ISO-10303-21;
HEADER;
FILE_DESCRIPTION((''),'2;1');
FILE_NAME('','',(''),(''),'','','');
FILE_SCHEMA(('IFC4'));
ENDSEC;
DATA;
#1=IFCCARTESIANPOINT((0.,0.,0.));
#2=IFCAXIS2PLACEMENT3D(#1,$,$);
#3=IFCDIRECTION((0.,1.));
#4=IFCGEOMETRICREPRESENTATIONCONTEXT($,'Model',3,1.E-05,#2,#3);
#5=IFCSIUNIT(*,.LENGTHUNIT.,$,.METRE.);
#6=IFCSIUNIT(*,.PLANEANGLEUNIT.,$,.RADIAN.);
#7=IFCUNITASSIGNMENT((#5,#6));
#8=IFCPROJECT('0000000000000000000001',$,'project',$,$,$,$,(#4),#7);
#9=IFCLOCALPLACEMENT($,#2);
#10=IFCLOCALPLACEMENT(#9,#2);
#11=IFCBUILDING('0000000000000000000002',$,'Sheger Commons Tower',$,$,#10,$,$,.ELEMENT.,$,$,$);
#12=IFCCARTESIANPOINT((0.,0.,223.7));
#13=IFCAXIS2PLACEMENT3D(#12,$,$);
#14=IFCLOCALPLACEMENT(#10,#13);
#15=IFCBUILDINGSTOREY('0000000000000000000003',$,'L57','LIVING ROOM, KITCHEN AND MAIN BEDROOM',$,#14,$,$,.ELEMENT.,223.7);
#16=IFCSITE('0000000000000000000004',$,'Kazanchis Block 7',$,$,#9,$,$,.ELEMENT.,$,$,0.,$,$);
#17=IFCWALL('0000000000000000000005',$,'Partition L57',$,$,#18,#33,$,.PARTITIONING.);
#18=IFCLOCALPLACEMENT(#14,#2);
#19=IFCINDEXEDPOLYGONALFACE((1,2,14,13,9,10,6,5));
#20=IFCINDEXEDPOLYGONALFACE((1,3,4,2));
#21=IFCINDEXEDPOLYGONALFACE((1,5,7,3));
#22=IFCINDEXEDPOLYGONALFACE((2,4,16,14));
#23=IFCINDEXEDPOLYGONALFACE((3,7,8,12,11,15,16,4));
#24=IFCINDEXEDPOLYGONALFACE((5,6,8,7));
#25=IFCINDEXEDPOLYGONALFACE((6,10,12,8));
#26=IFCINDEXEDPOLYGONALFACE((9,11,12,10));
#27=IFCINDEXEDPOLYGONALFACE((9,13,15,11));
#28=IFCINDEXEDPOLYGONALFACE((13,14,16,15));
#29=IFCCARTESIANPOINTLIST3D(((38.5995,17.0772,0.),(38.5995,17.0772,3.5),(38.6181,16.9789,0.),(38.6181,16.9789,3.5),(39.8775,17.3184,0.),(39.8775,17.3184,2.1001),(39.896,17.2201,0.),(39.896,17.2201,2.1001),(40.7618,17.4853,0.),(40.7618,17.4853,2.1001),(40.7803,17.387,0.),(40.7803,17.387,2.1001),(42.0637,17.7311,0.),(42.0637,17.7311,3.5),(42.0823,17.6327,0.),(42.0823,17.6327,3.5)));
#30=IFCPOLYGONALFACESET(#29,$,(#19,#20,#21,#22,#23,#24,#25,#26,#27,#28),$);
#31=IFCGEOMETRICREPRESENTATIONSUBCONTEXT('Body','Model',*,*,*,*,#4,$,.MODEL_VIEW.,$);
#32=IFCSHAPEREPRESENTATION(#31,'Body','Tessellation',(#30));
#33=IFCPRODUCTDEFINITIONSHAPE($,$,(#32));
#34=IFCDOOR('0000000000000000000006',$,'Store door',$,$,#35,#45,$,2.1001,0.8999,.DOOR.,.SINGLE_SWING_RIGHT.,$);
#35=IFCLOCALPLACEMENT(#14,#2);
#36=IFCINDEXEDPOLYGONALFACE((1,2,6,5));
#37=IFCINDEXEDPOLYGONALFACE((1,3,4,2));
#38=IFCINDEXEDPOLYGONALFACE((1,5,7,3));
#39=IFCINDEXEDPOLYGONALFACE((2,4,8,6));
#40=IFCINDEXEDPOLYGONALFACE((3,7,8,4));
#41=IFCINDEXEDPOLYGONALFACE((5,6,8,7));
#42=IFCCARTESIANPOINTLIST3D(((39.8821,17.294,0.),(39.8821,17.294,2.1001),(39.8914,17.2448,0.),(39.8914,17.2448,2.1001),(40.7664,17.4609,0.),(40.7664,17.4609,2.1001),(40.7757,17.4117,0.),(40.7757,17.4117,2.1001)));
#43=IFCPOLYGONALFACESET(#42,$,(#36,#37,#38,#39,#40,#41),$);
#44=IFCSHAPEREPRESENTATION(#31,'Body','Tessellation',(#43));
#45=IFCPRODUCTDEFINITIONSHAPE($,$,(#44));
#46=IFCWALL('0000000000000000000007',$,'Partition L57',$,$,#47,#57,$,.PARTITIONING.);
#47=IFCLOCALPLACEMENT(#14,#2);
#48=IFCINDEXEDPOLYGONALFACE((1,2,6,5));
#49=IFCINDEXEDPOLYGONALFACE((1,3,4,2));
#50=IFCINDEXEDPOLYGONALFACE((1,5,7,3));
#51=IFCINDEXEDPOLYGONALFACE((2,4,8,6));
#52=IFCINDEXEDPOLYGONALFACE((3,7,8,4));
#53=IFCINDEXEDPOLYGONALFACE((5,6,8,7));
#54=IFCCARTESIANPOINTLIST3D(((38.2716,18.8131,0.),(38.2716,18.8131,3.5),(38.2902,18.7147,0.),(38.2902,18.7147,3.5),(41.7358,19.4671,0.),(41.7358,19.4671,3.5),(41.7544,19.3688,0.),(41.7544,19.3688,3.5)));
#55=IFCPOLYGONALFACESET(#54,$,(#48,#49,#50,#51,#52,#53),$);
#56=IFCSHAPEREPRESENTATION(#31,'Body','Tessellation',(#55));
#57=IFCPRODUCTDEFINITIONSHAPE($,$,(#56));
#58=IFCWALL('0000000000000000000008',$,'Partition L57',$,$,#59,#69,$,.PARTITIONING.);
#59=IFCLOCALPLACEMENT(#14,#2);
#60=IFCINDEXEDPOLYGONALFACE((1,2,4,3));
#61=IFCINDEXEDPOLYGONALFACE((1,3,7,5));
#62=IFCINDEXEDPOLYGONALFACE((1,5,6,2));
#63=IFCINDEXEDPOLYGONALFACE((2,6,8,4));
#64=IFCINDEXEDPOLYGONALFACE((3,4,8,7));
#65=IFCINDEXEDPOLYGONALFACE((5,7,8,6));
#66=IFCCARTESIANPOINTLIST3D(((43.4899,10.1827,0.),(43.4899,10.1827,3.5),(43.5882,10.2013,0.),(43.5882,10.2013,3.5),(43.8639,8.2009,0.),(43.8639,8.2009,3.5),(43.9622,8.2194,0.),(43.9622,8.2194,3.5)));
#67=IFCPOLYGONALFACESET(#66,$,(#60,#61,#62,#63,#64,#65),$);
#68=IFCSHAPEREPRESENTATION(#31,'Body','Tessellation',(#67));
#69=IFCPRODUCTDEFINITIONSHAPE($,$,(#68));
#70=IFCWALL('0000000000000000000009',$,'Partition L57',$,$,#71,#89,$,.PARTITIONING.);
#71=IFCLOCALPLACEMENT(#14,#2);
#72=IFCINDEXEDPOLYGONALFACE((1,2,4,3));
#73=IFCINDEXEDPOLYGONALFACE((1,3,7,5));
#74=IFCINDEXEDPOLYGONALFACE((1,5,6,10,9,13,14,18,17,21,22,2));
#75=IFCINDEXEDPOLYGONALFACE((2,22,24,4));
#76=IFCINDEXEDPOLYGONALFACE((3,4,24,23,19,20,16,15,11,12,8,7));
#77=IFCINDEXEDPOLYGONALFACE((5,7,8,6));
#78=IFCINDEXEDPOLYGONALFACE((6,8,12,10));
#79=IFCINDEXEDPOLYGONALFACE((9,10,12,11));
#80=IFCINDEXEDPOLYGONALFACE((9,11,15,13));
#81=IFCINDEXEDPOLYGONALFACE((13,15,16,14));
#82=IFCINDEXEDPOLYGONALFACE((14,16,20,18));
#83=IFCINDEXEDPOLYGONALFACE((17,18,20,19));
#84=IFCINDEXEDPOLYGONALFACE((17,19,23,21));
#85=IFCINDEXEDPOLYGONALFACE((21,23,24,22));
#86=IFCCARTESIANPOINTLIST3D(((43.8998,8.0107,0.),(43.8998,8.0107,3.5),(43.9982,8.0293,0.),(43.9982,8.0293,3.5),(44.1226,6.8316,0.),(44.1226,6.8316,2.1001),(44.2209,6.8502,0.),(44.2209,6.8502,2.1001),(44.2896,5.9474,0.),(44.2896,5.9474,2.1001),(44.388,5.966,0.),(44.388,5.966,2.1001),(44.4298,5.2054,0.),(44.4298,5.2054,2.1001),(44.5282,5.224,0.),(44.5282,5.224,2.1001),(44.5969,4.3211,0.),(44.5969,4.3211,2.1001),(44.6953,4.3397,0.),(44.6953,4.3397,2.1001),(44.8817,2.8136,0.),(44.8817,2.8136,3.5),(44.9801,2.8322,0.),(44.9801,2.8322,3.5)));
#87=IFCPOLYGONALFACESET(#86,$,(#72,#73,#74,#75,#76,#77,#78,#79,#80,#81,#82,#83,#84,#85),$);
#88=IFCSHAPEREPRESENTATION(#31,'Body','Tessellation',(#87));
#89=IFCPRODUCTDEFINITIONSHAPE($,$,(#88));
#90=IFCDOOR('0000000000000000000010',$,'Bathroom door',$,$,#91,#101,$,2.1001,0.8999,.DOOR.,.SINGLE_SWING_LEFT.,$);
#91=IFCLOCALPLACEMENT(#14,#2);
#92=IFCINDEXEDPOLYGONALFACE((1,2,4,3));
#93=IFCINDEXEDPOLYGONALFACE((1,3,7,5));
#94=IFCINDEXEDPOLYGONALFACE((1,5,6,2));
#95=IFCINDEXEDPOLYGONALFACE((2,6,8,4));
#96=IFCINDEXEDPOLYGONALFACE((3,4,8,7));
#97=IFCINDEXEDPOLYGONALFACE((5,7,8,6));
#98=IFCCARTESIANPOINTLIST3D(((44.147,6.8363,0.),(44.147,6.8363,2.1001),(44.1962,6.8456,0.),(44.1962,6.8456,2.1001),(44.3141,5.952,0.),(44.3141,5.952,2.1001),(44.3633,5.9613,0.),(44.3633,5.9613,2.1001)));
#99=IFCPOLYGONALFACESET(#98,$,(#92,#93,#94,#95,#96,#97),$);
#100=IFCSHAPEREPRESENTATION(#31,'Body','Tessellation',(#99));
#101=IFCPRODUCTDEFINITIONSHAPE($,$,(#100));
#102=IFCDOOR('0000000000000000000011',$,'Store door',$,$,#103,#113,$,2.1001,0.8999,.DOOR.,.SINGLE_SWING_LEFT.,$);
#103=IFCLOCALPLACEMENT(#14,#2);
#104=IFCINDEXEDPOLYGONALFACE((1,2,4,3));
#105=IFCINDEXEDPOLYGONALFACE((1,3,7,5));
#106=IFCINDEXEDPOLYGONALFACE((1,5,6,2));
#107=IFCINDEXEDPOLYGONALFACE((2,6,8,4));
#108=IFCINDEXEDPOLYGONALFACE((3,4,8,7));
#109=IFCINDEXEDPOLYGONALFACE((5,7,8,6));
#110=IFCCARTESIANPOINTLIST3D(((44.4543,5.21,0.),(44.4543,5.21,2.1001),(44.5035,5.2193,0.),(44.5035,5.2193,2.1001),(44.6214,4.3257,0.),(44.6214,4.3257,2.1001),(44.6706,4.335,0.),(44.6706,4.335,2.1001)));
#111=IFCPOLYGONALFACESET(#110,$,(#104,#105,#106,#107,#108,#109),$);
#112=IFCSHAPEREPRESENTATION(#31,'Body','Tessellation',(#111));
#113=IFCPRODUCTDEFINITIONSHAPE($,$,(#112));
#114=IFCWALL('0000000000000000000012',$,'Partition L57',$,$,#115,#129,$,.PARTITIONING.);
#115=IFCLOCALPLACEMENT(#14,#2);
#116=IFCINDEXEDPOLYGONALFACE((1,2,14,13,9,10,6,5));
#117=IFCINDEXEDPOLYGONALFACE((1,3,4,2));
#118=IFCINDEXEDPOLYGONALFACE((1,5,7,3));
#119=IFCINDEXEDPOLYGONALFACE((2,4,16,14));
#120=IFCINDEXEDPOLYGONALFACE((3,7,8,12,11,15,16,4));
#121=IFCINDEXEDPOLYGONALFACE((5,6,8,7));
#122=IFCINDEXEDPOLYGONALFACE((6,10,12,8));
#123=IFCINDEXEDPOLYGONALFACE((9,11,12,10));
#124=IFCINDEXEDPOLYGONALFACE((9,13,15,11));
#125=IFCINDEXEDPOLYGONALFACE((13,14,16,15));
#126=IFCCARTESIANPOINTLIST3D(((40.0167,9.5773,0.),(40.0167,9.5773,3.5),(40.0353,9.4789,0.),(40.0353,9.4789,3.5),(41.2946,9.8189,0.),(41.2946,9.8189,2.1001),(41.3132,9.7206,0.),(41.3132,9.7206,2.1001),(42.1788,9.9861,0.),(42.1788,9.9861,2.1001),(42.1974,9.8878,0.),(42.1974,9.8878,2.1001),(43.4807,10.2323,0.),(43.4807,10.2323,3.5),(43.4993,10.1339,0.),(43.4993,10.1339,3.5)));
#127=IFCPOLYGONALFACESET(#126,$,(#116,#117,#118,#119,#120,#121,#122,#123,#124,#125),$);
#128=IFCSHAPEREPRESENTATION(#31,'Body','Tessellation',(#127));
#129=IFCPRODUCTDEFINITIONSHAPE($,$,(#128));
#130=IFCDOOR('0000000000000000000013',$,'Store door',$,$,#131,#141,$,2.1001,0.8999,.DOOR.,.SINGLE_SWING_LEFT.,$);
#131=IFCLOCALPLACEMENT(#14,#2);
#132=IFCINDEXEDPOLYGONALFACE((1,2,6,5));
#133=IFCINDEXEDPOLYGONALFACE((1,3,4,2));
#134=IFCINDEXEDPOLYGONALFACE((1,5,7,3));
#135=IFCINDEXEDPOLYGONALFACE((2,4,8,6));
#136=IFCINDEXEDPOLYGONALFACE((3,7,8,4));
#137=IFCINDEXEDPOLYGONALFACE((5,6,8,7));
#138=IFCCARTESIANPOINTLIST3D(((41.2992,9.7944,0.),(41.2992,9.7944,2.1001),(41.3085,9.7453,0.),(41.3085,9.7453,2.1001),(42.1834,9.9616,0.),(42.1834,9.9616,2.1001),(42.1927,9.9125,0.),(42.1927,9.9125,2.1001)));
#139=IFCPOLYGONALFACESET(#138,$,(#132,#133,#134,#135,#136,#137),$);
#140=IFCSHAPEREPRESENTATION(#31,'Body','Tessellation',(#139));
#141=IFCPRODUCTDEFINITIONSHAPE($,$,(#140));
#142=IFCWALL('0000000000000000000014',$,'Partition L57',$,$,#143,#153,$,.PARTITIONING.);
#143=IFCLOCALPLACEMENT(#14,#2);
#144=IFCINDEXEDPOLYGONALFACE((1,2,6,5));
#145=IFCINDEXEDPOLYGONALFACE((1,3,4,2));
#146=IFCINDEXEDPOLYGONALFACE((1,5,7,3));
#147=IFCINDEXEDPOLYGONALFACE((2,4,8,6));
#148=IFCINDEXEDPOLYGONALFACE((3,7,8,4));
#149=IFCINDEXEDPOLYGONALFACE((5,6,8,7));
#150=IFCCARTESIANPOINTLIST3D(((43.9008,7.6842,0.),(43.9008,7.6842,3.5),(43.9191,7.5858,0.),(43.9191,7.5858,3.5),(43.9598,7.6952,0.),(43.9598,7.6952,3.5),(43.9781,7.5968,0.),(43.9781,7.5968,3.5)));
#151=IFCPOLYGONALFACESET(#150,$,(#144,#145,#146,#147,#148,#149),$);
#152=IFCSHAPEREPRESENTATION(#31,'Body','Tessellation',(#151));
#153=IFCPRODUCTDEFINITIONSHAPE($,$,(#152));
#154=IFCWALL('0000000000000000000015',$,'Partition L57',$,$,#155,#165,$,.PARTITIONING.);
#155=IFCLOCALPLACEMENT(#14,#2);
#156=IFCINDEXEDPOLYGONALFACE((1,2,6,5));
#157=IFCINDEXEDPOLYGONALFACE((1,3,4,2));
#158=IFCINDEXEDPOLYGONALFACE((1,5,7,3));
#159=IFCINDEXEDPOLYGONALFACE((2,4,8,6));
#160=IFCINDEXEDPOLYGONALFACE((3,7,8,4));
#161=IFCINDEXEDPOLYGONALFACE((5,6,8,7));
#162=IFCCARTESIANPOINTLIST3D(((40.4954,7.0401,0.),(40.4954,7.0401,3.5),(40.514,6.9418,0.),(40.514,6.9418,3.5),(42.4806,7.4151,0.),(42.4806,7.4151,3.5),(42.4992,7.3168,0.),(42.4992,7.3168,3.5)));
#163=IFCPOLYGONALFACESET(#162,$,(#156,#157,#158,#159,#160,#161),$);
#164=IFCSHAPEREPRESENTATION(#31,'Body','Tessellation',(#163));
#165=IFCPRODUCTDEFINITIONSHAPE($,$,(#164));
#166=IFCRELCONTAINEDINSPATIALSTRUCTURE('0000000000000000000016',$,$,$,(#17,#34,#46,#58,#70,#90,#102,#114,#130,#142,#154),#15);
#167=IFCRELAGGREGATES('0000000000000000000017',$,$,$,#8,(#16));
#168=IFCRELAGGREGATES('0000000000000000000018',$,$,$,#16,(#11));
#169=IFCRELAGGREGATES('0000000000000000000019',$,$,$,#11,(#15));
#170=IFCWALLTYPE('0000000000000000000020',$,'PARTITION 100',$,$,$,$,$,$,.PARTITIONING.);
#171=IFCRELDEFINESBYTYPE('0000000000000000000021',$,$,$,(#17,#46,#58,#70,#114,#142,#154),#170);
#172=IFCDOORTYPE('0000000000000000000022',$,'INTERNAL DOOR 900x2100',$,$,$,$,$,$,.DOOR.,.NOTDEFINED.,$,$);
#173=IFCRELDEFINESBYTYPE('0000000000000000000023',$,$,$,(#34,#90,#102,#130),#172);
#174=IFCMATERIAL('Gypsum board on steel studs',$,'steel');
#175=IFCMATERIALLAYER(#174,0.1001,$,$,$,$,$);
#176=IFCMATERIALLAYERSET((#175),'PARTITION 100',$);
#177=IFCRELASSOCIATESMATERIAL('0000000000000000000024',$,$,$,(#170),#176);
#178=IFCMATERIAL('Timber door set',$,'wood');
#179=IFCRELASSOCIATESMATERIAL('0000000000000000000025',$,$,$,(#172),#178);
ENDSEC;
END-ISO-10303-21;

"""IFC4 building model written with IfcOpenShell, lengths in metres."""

from ifc_helpers import new_model, si_unit, direction, frame, frame_2d, origin, place, context, subcontext, project, spatial, rectangle, extrude, material, layer, layer_set, type_object, element, fill, save


model = new_model("IFC4")

# Units and contexts
model_context = context("Model", 3, precision=1e-05, world=origin(), true_north=direction((0.0, 1.0)))
body_context = subcontext(model_context, "Body", "Model", "MODEL_VIEW")
ifc_project = project(units=[si_unit("LENGTHUNIT", "METRE"), si_unit("PLANEANGLEUNIT", "RADIAN")], contexts=[model_context])

# Site, building, storey
site_placement = place(None, origin())
site = spatial("IfcSite", under=ifc_project, at=site_placement, Name="Kazanchis Block 7", CompositionType="ELEMENT", RefElevation=0.0)
building_placement = place(site_placement, origin())
building = spatial("IfcBuilding", under=site, at=building_placement, Name="Sheger Commons Tower", CompositionType="ELEMENT")
storey_placement = place(building_placement, frame((0.0, 0.0, 223.7)))
storey = spatial("IfcBuildingStorey", under=building, at=storey_placement, Name="L57", Description="LIVING ROOM, KITCHEN AND MAIN BEDROOM", CompositionType="ELEMENT", Elevation=223.7)

# Shared definitions
ifc_material_1 = material(Name="Gypsum board on steel studs", Category="steel")
ifc_layer_1 = layer(ifc_material_1, 0.1001)
ifc_layer_set_1 = layer_set([ifc_layer_1], Name="PARTITION 100")
wall_type_1 = type_object("IfcWallType", Name="PARTITION 100", PredefinedType="PARTITIONING", material=ifc_layer_set_1)

# Wall, opening, door
wall_1_placement = place(storey_placement, frame((42.073, 17.6819, 0.0), z_axis=(0.0, 0.0, 1.0), x_axis=(-0.982651, -0.185463, 0.0)))
wall_1 = element("IfcWall", 1, at=wall_1_placement, inside=storey, type_object=wall_type_1, Name="Partition L57", PredefinedType="PARTITIONING", context=body_context, shape_type="SweptSolid", body=[
    extrude(rectangle(XDim=3.5254, YDim=0.1001, at=frame_2d((1.7627, 0.0))), origin(), (0.0, 0.0, 1.0), 3.5),
])
opening_1_placement = place(wall_1_placement, frame((1.325, 0.0, 0.0)))
opening_1 = element("IfcOpeningElement", 2, at=opening_1_placement, cuts=wall_1, PredefinedType="OPENING", context=body_context, shape_type="SweptSolid", body=[
    extrude(rectangle(XDim=0.8999, YDim=2.1001, at=frame_2d((0.45, 1.05))), frame((0.0, 0.0601, 0.0), z_axis=(0.0, -1.0, 0.0), x_axis=(1.0, 0.0, 0.0)), (0.0, 0.0, 1.0), 0.1201),
])
ifc_material_2 = material(Name="Timber door set", Category="wood")
door_type_1 = type_object("IfcDoorType", Name="INTERNAL DOOR 900x2100", OperationType="NOTDEFINED", PredefinedType="DOOR", material=ifc_material_2)
door_1_placement = place(opening_1_placement, origin())
door_1 = element("IfcDoor", 3, at=door_1_placement, inside=storey, type_object=door_type_1, Name="Store door", OperationType="SINGLE_SWING_RIGHT", OverallHeight=2.1001, OverallWidth=0.8999, PredefinedType="DOOR", context=body_context, shape_type="SweptSolid", body=[
    extrude(rectangle(XDim=0.8999, YDim=2.1001, at=frame_2d((0.45, 1.05))), frame((0.0, 0.0249, 0.0), z_axis=(0.0, -1.0, 0.0), x_axis=(1.0, 0.0, 0.0)), (0.0, 0.0, 1.0), 0.05),
])
fill(opening_1, door_1)

# Walls
wall_2_placement = place(storey_placement, frame((41.7451, 19.418, 0.0), z_axis=(0.0, 0.0, 1.0), x_axis=(-0.982639, -0.18553, 0.0)))
element("IfcWall", 4, at=wall_2_placement, inside=storey, type_object=wall_type_1, Name="Partition L57", PredefinedType="PARTITIONING", context=body_context, shape_type="SweptSolid", body=[
    extrude(rectangle(XDim=3.5254, YDim=0.1001, at=frame_2d((1.7627, 0.0))), origin(), (0.0, 0.0, 1.0), 3.5),
])
wall_3_placement = place(storey_placement, frame((43.5391, 10.1919, 0.0), z_axis=(0.0, 0.0, 1.0), x_axis=(0.185443, -0.982655, 0.0)))
element("IfcWall", 5, at=wall_3_placement, inside=storey, type_object=wall_type_1, Name="Partition L57", PredefinedType="PARTITIONING", context=body_context, shape_type="SweptSolid", body=[
    extrude(rectangle(XDim=2.0168, YDim=0.1001, at=frame_2d((1.0083, 0.0))), origin(), (0.0, 0.0, 1.0), 3.5),
])

# Wall, openings, doors
wall_4_placement = place(storey_placement, frame((43.949, 8.02, 0.0), z_axis=(0.0, 0.0, 1.0), x_axis=(0.185657, -0.982615, 0.0)))
wall_4 = element("IfcWall", 6, at=wall_4_placement, inside=storey, type_object=wall_type_1, Name="Partition L57", PredefinedType="PARTITIONING", context=body_context, shape_type="SweptSolid", body=[
    extrude(rectangle(XDim=5.2891, YDim=0.1001, at=frame_2d((2.6445, 0.0))), origin(), (0.0, 0.0, 1.0), 3.5),
])
opening_2_placement = place(wall_4_placement, frame((1.2, 0.0, 0.0)))
opening_2 = element("IfcOpeningElement", 7, at=opening_2_placement, cuts=wall_4, PredefinedType="OPENING", context=body_context, shape_type="SweptSolid", body=[
    extrude(rectangle(XDim=0.8999, YDim=2.1001, at=frame_2d((0.45, 1.05))), frame((0.0, 0.0601, 0.0), z_axis=(0.0, -1.0, 0.0), x_axis=(1.0, 0.0, 0.0)), (0.0, 0.0, 1.0), 0.1201),
])
opening_3_placement = place(wall_4_placement, frame((2.855, 0.0, 0.0)))
opening_3 = element("IfcOpeningElement", 8, at=opening_3_placement, cuts=wall_4, PredefinedType="OPENING", context=body_context, shape_type="SweptSolid", body=[
    extrude(rectangle(XDim=0.8999, YDim=2.1001, at=frame_2d((0.45, 1.05))), frame((0.0, 0.0601, 0.0), z_axis=(0.0, -1.0, 0.0), x_axis=(1.0, 0.0, 0.0)), (0.0, 0.0, 1.0), 0.1201),
])
door_2_placement = place(opening_2_placement, origin())
door_2 = element("IfcDoor", 9, at=door_2_placement, inside=storey, type_object=door_type_1, Name="Bathroom door", OperationType="SINGLE_SWING_LEFT", OverallHeight=2.1001, OverallWidth=0.8999, PredefinedType="DOOR", context=body_context, shape_type="SweptSolid", body=[
    extrude(rectangle(XDim=0.8999, YDim=2.1001, at=frame_2d((0.45, 1.05))), frame((0.0, 0.0249, 0.0), z_axis=(0.0, -1.0, 0.0), x_axis=(1.0, 0.0, 0.0)), (0.0, 0.0, 1.0), 0.05),
])
fill(opening_2, door_2)
door_3_placement = place(opening_3_placement, origin())
door_3 = element("IfcDoor", 10, at=door_3_placement, inside=storey, type_object=door_type_1, Name="Store door", OperationType="SINGLE_SWING_LEFT", OverallHeight=2.1001, OverallWidth=0.8999, PredefinedType="DOOR", context=body_context, shape_type="SweptSolid", body=[
    extrude(rectangle(XDim=0.8999, YDim=2.1001, at=frame_2d((0.45, 1.05))), frame((0.0, 0.0249, 0.0), z_axis=(0.0, -1.0, 0.0), x_axis=(1.0, 0.0, 0.0)), (0.0, 0.0, 1.0), 0.05),
])
fill(opening_3, door_3)

# Wall, opening, door
wall_5_placement = place(storey_placement, frame((43.49, 10.1831, 0.0), z_axis=(0.0, 0.0, 1.0), x_axis=(-0.982588, -0.185798, 0.0)))
wall_5 = element("IfcWall", 11, at=wall_5_placement, inside=storey, type_object=wall_type_1, Name="Partition L57", PredefinedType="PARTITIONING", context=body_context, shape_type="SweptSolid", body=[
    extrude(rectangle(XDim=3.5254, YDim=0.1001, at=frame_2d((1.7627, 0.0))), origin(), (0.0, 0.0, 1.0), 3.5),
])
opening_4_placement = place(wall_5_placement, frame((1.325, 0.0, 0.0)))
opening_4 = element("IfcOpeningElement", 12, at=opening_4_placement, cuts=wall_5, PredefinedType="OPENING", context=body_context, shape_type="SweptSolid", body=[
    extrude(rectangle(XDim=0.8999, YDim=2.1001, at=frame_2d((0.45, 1.05))), frame((0.0, 0.0601, 0.0), z_axis=(0.0, -1.0, 0.0), x_axis=(1.0, 0.0, 0.0)), (0.0, 0.0, 1.0), 0.1201),
])
door_4_placement = place(opening_4_placement, origin())
door_4 = element("IfcDoor", 13, at=door_4_placement, inside=storey, type_object=door_type_1, Name="Store door", OperationType="SINGLE_SWING_LEFT", OverallHeight=2.1001, OverallWidth=0.8999, PredefinedType="DOOR", context=body_context, shape_type="SweptSolid", body=[
    extrude(rectangle(XDim=0.8999, YDim=2.1001, at=frame_2d((0.45, 1.05))), frame((0.0, 0.0249, 0.0), z_axis=(0.0, -1.0, 0.0), x_axis=(1.0, 0.0, 0.0)), (0.0, 0.0, 1.0), 0.05),
])
fill(opening_4, door_4)

# Walls
wall_6_placement = place(storey_placement, frame((43.969, 7.646, 0.0), z_axis=(0.0, 0.0, 1.0), x_axis=(-0.983147, -0.182817, 0.0)))
element("IfcWall", 14, at=wall_6_placement, inside=storey, type_object=wall_type_1, Name="Partition L57", PredefinedType="PARTITIONING", context=body_context, shape_type="SweptSolid", body=[
    extrude(rectangle(XDim=0.0601, YDim=0.1001, at=frame_2d((0.03, 0.0))), origin(), (0.0, 0.0, 1.0), 3.5),
])
wall_7_placement = place(storey_placement, frame((42.49, 7.366, 0.0), z_axis=(0.0, 0.0, 1.0), x_axis=(-0.982621, -0.185624, 0.0)))
element("IfcWall", 15, at=wall_7_placement, inside=storey, type_object=wall_type_1, Name="Partition L57", PredefinedType="PARTITIONING", context=body_context, shape_type="SweptSolid", body=[
    extrude(rectangle(XDim=2.0203, YDim=0.1001, at=frame_2d((1.0103, 0.0))), origin(), (0.0, 0.0, 1.0), 3.5),
])

save(model, "model.ifc")
